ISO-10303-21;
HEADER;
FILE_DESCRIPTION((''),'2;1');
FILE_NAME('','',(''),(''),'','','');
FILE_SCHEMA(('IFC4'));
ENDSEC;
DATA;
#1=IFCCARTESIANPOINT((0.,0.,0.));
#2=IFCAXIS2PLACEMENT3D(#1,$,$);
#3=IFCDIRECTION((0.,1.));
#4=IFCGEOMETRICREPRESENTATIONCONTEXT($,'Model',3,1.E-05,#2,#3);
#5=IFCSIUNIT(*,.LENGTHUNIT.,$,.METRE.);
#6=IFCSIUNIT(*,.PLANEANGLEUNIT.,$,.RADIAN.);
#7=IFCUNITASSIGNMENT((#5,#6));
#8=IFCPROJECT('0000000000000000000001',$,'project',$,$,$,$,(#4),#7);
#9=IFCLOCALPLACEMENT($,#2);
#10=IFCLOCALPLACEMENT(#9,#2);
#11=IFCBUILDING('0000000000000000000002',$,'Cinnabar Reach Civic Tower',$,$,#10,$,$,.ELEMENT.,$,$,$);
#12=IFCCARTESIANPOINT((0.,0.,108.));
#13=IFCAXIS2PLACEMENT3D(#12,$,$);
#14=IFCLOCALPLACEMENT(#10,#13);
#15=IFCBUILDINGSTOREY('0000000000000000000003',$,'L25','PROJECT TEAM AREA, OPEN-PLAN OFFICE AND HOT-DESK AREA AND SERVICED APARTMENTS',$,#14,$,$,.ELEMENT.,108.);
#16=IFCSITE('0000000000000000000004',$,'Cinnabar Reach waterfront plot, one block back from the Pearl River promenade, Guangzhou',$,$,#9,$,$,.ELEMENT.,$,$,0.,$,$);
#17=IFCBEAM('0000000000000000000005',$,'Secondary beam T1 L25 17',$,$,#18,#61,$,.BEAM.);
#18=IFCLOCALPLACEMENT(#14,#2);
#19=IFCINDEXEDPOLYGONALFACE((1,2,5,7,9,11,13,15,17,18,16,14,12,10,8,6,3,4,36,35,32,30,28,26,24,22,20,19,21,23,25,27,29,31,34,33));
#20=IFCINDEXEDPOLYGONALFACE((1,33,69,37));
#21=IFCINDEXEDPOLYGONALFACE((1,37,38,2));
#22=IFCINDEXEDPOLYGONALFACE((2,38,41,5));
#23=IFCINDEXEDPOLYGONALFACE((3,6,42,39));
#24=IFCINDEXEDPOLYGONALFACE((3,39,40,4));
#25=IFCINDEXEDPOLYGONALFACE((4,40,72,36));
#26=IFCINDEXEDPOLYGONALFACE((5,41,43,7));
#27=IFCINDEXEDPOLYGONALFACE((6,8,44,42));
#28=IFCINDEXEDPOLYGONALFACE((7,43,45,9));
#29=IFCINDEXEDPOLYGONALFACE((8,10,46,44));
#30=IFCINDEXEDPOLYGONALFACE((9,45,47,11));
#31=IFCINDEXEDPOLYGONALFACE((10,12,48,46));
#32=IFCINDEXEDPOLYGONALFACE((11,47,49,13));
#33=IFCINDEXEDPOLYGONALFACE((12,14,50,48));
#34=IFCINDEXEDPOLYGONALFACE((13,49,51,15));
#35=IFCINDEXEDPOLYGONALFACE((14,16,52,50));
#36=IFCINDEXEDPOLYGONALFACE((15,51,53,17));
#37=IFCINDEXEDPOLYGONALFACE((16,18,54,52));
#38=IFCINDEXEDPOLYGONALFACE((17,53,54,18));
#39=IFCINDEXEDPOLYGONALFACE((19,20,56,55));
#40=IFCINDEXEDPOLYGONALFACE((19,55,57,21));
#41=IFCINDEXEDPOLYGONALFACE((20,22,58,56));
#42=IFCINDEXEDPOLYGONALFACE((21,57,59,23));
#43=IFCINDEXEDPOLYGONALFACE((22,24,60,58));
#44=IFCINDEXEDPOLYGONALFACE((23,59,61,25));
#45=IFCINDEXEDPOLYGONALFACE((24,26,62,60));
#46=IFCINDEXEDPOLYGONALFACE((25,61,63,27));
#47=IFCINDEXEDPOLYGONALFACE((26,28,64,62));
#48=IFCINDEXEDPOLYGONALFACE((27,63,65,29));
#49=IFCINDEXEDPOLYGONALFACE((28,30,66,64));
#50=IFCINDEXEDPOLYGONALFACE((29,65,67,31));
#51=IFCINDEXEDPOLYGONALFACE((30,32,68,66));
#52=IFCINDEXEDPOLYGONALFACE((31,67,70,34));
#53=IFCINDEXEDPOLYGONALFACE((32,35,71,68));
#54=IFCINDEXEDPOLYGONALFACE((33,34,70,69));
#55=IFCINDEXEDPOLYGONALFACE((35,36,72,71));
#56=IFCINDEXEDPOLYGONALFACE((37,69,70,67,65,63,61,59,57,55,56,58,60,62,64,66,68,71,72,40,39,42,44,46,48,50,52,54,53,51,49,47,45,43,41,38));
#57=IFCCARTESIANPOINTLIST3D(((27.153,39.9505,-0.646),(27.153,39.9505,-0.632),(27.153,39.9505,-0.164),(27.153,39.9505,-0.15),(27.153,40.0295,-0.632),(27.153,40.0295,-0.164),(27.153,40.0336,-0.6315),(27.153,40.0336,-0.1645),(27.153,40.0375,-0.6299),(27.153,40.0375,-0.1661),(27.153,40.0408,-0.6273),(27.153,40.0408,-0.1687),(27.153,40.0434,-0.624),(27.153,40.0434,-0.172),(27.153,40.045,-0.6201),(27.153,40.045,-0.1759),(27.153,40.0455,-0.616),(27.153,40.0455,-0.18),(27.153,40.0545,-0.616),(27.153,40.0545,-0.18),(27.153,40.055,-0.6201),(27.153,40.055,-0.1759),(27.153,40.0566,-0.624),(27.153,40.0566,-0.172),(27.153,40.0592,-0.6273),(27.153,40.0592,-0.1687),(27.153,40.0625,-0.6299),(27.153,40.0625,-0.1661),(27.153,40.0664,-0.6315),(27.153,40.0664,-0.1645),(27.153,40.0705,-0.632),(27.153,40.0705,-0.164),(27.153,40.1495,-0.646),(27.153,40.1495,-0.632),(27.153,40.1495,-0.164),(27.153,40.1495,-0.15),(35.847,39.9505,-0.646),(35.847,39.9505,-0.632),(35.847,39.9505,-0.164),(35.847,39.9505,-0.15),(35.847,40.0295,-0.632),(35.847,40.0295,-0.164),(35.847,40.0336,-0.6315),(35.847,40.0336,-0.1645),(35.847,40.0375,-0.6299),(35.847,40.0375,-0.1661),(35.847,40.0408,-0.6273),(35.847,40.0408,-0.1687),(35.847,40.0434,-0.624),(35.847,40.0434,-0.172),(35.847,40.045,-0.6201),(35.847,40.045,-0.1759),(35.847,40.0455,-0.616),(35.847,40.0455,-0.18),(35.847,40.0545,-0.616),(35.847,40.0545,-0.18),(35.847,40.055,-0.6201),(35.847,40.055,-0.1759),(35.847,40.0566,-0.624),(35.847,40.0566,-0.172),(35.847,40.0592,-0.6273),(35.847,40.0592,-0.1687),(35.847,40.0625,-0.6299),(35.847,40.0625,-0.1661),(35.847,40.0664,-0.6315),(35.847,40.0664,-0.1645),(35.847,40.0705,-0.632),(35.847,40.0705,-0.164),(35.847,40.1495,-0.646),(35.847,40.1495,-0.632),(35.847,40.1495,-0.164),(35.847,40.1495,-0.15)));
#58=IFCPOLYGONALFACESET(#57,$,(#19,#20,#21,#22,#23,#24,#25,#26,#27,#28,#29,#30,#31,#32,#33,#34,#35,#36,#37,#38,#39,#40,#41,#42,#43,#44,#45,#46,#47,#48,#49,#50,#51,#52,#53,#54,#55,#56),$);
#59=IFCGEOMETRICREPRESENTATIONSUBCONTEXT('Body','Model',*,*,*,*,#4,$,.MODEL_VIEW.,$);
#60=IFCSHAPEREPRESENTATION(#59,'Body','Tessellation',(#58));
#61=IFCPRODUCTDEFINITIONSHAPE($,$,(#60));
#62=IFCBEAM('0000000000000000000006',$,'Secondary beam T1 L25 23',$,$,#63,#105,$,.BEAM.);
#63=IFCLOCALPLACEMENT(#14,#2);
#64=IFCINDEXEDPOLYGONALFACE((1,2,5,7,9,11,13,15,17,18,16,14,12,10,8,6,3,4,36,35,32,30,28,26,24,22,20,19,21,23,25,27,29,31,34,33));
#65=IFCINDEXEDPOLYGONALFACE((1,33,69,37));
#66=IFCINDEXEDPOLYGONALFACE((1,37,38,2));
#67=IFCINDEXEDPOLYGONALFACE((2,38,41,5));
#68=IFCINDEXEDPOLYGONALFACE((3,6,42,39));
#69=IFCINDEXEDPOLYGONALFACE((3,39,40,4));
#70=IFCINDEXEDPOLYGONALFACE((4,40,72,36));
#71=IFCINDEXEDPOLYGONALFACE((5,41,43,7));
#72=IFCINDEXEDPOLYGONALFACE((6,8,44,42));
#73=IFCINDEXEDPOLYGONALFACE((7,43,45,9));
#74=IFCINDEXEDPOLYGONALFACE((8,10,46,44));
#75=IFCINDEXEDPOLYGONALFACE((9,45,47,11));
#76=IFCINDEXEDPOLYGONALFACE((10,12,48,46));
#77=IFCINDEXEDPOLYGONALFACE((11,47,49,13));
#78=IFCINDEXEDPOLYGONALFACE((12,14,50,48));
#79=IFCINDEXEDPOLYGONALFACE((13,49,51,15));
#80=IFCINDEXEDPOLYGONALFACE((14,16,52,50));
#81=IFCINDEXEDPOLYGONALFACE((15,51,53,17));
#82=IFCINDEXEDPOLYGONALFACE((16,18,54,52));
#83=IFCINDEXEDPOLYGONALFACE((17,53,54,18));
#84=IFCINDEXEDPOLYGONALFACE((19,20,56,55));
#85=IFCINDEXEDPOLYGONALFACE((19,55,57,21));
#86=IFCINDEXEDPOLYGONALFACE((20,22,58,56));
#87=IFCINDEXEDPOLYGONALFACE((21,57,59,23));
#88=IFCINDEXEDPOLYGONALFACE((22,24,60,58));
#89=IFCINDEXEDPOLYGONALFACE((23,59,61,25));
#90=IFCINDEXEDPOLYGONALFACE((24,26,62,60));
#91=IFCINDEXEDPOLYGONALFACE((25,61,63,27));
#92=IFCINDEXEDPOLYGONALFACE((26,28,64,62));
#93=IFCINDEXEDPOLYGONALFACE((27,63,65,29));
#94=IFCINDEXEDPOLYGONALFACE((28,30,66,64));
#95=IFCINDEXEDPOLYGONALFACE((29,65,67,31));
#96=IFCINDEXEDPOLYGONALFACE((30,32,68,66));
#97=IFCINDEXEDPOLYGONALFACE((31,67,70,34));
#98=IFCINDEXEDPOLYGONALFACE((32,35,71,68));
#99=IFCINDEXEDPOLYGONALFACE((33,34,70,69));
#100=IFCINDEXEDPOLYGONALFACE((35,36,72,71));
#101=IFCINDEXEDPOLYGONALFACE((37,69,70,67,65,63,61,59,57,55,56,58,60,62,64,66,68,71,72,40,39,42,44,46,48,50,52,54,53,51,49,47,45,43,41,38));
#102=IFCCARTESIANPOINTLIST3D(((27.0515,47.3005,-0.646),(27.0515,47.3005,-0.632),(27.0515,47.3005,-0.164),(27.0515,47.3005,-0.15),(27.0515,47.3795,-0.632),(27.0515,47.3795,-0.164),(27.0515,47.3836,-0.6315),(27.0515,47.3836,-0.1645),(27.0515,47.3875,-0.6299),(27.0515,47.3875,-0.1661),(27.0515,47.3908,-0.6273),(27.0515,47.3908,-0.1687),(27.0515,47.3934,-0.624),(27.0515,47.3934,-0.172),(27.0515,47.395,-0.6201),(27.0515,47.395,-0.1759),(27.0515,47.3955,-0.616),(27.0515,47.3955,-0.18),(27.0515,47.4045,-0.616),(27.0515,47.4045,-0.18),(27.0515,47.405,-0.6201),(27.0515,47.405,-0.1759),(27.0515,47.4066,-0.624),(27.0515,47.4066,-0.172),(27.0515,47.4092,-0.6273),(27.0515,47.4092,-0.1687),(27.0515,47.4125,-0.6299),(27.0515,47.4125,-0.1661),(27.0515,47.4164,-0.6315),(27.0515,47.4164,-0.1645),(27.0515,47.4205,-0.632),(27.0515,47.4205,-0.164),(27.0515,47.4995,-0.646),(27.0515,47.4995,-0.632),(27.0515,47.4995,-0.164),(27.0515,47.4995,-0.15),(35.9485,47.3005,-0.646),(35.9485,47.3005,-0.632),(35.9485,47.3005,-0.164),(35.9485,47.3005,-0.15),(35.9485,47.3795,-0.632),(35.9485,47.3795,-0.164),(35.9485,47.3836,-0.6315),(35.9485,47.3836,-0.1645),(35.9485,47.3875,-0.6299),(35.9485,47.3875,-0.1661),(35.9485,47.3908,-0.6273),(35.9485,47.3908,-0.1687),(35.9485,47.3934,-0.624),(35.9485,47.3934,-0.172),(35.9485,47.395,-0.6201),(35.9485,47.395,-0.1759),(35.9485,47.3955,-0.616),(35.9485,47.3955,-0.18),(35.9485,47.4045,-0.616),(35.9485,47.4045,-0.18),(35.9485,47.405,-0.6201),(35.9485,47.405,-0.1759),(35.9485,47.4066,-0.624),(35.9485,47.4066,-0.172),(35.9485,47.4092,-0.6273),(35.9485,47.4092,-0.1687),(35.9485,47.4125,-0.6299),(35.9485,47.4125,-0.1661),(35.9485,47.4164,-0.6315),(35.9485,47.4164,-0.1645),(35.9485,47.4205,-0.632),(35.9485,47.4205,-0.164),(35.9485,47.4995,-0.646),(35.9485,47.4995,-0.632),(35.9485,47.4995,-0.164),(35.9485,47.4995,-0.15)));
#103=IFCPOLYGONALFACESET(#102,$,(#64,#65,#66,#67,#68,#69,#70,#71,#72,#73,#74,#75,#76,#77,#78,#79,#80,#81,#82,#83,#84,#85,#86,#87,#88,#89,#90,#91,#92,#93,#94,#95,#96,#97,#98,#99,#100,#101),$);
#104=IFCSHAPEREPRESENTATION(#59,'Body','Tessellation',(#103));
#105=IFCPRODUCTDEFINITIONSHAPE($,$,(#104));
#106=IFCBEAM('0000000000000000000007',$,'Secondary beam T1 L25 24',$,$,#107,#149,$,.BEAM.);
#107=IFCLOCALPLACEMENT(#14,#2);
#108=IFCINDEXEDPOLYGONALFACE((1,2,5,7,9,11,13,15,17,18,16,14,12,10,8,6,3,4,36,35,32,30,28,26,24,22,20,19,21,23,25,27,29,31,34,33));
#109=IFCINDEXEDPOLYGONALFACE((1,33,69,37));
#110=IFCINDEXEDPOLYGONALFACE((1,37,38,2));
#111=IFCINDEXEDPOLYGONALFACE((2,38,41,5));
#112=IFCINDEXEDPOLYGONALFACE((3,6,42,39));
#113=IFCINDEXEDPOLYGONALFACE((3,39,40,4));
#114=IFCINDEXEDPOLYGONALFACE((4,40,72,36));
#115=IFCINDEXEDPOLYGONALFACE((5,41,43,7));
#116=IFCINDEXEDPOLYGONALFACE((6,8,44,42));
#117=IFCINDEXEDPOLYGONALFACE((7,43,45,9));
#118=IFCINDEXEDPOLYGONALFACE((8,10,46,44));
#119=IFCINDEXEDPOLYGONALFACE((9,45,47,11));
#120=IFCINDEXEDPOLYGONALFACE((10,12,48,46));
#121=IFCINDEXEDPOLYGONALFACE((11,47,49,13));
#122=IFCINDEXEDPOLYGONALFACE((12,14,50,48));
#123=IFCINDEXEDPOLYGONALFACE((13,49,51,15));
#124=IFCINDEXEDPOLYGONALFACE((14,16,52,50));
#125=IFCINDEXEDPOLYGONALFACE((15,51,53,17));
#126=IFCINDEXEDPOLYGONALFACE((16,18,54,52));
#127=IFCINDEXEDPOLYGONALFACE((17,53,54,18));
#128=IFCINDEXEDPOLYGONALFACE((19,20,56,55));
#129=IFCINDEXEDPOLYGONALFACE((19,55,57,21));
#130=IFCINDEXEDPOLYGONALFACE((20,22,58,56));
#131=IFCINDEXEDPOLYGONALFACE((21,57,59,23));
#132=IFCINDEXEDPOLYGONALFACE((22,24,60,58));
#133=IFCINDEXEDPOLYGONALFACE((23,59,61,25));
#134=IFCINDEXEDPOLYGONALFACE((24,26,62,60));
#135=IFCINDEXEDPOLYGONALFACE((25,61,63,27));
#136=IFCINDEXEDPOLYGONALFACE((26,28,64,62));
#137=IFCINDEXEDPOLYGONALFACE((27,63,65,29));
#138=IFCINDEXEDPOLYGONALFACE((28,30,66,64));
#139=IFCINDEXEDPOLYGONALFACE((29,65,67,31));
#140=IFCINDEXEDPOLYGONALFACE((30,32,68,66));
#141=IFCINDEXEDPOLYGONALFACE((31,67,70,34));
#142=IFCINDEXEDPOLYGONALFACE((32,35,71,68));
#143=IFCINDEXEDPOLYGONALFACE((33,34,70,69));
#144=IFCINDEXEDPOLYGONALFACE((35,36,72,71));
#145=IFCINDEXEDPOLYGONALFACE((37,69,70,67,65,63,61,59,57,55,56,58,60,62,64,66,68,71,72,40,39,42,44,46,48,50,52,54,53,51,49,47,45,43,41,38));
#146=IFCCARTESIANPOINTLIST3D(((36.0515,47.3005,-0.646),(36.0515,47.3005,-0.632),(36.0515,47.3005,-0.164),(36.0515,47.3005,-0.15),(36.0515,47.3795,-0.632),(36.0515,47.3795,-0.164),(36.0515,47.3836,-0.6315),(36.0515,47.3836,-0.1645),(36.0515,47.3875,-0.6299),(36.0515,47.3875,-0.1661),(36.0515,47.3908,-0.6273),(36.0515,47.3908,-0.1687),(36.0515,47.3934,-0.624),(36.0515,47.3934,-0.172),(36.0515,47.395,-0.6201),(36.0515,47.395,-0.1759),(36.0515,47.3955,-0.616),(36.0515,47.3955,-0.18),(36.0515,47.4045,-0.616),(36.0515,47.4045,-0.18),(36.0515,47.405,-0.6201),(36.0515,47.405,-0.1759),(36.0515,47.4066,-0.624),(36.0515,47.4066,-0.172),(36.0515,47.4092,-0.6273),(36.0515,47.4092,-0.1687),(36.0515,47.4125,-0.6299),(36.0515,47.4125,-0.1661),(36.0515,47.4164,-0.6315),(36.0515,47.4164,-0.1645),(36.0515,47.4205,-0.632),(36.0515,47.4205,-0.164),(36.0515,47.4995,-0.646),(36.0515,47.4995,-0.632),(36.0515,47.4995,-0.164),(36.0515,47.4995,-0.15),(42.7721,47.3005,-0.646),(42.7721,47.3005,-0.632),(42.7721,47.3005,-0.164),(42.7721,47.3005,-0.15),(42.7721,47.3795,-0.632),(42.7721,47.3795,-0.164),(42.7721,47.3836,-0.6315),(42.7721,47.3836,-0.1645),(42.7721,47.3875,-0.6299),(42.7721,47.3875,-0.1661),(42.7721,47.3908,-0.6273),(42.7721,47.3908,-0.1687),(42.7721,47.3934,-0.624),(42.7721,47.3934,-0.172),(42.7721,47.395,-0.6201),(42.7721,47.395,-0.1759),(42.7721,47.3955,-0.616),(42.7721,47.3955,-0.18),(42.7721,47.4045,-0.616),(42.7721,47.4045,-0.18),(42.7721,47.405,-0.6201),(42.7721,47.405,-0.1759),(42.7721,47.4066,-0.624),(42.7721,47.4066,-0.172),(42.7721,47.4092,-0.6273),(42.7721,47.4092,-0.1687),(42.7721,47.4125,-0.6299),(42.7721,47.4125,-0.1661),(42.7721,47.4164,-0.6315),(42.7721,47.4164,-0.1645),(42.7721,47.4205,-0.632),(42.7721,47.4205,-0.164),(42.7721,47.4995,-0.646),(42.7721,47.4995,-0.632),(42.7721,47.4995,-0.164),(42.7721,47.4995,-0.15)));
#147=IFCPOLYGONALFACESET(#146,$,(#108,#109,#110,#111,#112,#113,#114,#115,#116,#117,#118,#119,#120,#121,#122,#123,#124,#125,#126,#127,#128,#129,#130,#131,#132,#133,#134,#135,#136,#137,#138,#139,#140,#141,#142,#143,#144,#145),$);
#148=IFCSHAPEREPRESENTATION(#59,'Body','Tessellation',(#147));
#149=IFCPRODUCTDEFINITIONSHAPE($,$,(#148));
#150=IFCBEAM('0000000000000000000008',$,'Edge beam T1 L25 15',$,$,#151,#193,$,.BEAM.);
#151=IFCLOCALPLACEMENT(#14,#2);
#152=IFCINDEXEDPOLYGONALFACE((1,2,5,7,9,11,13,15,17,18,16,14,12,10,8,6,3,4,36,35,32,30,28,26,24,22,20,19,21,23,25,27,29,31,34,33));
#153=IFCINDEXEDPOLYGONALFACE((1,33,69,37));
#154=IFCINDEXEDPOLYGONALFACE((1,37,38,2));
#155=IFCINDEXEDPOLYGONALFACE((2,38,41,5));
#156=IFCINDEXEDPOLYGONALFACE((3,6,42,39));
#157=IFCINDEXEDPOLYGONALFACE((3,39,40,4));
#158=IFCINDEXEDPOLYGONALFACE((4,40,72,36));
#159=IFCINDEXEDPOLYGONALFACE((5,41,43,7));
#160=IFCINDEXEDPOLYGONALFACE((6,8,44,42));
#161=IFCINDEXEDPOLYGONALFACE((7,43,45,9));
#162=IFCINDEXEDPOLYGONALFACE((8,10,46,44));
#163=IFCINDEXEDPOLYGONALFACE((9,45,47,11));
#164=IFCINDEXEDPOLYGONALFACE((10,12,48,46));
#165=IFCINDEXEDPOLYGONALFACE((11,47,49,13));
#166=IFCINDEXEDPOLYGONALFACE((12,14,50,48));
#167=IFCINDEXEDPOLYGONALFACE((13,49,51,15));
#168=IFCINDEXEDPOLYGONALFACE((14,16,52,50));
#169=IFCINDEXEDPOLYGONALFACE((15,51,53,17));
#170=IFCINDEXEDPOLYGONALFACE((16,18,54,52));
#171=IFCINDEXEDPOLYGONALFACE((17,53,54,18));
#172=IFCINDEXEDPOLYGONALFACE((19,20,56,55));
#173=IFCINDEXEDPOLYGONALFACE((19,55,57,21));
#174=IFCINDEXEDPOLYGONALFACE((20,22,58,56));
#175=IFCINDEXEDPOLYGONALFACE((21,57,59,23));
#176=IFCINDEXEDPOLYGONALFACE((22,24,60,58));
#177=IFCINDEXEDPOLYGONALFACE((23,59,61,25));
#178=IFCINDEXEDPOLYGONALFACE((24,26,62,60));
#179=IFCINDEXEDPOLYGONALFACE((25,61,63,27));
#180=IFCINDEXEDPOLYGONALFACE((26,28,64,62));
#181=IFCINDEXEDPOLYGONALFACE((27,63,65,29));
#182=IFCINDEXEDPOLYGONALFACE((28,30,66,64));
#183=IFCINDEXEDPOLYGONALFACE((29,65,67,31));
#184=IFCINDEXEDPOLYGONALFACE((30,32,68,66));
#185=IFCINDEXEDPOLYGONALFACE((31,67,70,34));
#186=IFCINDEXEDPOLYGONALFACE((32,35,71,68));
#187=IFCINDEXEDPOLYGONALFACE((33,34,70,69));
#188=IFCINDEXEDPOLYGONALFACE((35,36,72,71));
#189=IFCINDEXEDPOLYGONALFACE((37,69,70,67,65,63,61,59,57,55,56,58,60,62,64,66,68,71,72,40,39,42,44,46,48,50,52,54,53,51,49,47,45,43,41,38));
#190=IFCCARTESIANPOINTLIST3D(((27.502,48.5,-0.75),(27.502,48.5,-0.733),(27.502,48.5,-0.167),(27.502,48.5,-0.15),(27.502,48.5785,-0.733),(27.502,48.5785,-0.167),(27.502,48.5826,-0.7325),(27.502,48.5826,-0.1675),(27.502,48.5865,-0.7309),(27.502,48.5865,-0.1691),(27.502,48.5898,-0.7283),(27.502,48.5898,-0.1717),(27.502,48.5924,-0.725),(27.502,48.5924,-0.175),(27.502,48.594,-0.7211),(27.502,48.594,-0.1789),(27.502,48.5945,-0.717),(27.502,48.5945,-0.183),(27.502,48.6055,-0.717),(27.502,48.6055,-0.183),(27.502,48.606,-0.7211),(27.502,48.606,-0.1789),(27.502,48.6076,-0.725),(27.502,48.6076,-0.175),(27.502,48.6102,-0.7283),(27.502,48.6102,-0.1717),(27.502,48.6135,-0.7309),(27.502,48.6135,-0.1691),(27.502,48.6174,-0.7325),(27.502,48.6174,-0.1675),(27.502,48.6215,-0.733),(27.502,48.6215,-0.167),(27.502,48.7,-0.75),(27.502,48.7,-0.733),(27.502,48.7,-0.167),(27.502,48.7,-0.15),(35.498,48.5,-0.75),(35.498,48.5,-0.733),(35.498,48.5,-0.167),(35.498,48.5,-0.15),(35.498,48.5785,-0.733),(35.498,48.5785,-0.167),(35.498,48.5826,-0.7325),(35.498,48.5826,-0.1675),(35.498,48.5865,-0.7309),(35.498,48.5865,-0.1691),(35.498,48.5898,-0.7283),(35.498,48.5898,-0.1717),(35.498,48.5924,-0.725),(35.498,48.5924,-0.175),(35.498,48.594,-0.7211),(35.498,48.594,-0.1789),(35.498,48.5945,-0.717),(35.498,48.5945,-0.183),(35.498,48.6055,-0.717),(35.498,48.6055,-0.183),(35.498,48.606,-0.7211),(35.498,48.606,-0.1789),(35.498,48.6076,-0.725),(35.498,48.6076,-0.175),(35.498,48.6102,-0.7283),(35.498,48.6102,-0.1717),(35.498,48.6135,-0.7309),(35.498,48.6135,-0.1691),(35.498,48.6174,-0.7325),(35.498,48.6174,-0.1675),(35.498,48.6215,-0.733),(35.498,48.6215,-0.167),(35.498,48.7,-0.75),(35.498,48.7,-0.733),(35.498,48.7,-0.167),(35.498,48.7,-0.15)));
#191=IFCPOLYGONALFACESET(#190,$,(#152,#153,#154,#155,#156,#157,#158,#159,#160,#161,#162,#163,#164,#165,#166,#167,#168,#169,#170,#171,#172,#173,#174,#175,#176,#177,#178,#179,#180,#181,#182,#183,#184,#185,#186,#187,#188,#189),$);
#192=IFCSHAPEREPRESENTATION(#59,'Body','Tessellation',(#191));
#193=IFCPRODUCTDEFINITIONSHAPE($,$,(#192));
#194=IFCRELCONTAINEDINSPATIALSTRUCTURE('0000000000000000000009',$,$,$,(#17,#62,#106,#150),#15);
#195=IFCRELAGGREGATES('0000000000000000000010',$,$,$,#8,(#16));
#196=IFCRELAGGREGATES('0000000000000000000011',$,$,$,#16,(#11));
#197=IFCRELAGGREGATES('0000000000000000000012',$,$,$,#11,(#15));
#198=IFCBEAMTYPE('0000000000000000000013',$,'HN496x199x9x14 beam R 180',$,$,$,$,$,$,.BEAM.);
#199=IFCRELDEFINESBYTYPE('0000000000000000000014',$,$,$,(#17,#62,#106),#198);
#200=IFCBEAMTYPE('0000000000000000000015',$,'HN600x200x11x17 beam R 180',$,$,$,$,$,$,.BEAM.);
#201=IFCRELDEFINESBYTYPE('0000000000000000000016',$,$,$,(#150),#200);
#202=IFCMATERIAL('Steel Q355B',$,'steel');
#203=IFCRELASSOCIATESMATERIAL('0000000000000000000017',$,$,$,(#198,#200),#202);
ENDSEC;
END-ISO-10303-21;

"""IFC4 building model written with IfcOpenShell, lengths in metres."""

from ifc_helpers import new_model, si_unit, direction, frame, origin, origin_2d, place, context, subcontext, project, spatial, i_section, extrude, material, material_profile, profile_set, type_object, element, save


model = new_model("IFC4")

# Units and contexts
model_context = context("Model", 3, precision=1e-05, world=origin(), true_north=direction((0.0, 1.0)))
body_context = subcontext(model_context, "Body", "Model", "MODEL_VIEW")
ifc_project = project(units=[si_unit("LENGTHUNIT", "METRE"), si_unit("PLANEANGLEUNIT", "RADIAN")], contexts=[model_context])

# Site, building, storey
site_placement = place(None, origin())
site = spatial("IfcSite", under=ifc_project, at=site_placement, Name="Cinnabar Reach waterfront plot, one block back from the Pearl River promenade, Guangzhou", CompositionType="ELEMENT", RefElevation=0.0)
building_placement = place(site_placement, origin())
building = spatial("IfcBuilding", under=site, at=building_placement, Name="Cinnabar Reach Civic Tower", CompositionType="ELEMENT")
storey_placement = place(building_placement, frame((0.0, 0.0, 108.0)))
storey = spatial("IfcBuildingStorey", under=building, at=storey_placement, Name="L25", Description="PROJECT TEAM AREA, OPEN-PLAN OFFICE AND HOT-DESK AREA AND SERVICED APARTMENTS", CompositionType="ELEMENT", Elevation=108.0)

# Beams
ifc_material_1 = material(Name="Steel Q355B", Category="steel")
ifc_material_profile_1 = material_profile(ifc_material_1, i_section(OverallWidth=0.199, OverallDepth=0.496, WebThickness=0.009, FlangeThickness=0.014, FilletRadius=0.016, at=origin_2d()), Name="HN496x199x9x14")
ifc_profile_set_1 = profile_set([ifc_material_profile_1], Name="Steel Q355B")
beam_type_1 = type_object("IfcBeamType", Name="HN496x199x9x14 beam R 180", PredefinedType="BEAM", material=ifc_profile_set_1)
beam_1_placement = place(storey_placement, frame((27.153, 40.05, -0.398), z_axis=(1.0, 0.0, 0.0), x_axis=(0.0, 1.0, 0.0)))
element("IfcBeam", 1, at=beam_1_placement, inside=storey, type_object=beam_type_1, Name="Secondary beam T1 L25 17", PredefinedType="BEAM", context=body_context, shape_type="SweptSolid", body=[
    extrude(i_section(OverallWidth=0.199, OverallDepth=0.496, WebThickness=0.009, FlangeThickness=0.014, FilletRadius=0.016, at=origin_2d()), origin(), (0.0, 0.0, 1.0), 8.694),
])
beam_2_placement = place(storey_placement, frame((27.0515, 47.4, -0.398), z_axis=(1.0, 0.0, 0.0), x_axis=(0.0, 1.0, 0.0)))
element("IfcBeam", 2, at=beam_2_placement, inside=storey, type_object=beam_type_1, Name="Secondary beam T1 L25 23", PredefinedType="BEAM", context=body_context, shape_type="SweptSolid", body=[
    extrude(i_section(OverallWidth=0.199, OverallDepth=0.496, WebThickness=0.009, FlangeThickness=0.014, FilletRadius=0.016, at=origin_2d()), origin(), (0.0, 0.0, 1.0), 8.897),
])
beam_3_placement = place(storey_placement, frame((36.0515, 47.4, -0.398), z_axis=(1.0, 0.0, 0.0), x_axis=(0.0, 1.0, 0.0)))
element("IfcBeam", 3, at=beam_3_placement, inside=storey, type_object=beam_type_1, Name="Secondary beam T1 L25 24", PredefinedType="BEAM", context=body_context, shape_type="SweptSolid", body=[
    extrude(i_section(OverallWidth=0.199, OverallDepth=0.496, WebThickness=0.009, FlangeThickness=0.014, FilletRadius=0.016, at=origin_2d()), origin(), (0.0, 0.0, 1.0), 6.7206),
])
ifc_material_profile_2 = material_profile(ifc_material_1, i_section(OverallWidth=0.2, OverallDepth=0.6, WebThickness=0.011, FlangeThickness=0.017, FilletRadius=0.016, at=origin_2d()), Name="HN600x200x11x17")
ifc_profile_set_2 = profile_set([ifc_material_profile_2], Name="Steel Q355B")
beam_type_2 = type_object("IfcBeamType", Name="HN600x200x11x17 beam R 180", PredefinedType="BEAM", material=ifc_profile_set_2)
for number, where, z_axis, x_axis, name in (
    (4, (35.498, 48.6, -0.45), (-1.0, 0.0, 0.0), (0.0, -1.0, 0.0), "Edge beam T1 L25 15"),
):
    element("IfcBeam", number, at=place(storey_placement, frame(where, z_axis=z_axis, x_axis=x_axis)), inside=storey, type_object=beam_type_2, Name=name, PredefinedType="BEAM", context=body_context, shape_type="SweptSolid", body=[
        extrude(i_section(OverallWidth=0.2, OverallDepth=0.6, WebThickness=0.011, FlangeThickness=0.017, FilletRadius=0.016, at=origin_2d()), origin(), (0.0, 0.0, 1.0), 7.996),
    ])

save(model, "model.ifc")
